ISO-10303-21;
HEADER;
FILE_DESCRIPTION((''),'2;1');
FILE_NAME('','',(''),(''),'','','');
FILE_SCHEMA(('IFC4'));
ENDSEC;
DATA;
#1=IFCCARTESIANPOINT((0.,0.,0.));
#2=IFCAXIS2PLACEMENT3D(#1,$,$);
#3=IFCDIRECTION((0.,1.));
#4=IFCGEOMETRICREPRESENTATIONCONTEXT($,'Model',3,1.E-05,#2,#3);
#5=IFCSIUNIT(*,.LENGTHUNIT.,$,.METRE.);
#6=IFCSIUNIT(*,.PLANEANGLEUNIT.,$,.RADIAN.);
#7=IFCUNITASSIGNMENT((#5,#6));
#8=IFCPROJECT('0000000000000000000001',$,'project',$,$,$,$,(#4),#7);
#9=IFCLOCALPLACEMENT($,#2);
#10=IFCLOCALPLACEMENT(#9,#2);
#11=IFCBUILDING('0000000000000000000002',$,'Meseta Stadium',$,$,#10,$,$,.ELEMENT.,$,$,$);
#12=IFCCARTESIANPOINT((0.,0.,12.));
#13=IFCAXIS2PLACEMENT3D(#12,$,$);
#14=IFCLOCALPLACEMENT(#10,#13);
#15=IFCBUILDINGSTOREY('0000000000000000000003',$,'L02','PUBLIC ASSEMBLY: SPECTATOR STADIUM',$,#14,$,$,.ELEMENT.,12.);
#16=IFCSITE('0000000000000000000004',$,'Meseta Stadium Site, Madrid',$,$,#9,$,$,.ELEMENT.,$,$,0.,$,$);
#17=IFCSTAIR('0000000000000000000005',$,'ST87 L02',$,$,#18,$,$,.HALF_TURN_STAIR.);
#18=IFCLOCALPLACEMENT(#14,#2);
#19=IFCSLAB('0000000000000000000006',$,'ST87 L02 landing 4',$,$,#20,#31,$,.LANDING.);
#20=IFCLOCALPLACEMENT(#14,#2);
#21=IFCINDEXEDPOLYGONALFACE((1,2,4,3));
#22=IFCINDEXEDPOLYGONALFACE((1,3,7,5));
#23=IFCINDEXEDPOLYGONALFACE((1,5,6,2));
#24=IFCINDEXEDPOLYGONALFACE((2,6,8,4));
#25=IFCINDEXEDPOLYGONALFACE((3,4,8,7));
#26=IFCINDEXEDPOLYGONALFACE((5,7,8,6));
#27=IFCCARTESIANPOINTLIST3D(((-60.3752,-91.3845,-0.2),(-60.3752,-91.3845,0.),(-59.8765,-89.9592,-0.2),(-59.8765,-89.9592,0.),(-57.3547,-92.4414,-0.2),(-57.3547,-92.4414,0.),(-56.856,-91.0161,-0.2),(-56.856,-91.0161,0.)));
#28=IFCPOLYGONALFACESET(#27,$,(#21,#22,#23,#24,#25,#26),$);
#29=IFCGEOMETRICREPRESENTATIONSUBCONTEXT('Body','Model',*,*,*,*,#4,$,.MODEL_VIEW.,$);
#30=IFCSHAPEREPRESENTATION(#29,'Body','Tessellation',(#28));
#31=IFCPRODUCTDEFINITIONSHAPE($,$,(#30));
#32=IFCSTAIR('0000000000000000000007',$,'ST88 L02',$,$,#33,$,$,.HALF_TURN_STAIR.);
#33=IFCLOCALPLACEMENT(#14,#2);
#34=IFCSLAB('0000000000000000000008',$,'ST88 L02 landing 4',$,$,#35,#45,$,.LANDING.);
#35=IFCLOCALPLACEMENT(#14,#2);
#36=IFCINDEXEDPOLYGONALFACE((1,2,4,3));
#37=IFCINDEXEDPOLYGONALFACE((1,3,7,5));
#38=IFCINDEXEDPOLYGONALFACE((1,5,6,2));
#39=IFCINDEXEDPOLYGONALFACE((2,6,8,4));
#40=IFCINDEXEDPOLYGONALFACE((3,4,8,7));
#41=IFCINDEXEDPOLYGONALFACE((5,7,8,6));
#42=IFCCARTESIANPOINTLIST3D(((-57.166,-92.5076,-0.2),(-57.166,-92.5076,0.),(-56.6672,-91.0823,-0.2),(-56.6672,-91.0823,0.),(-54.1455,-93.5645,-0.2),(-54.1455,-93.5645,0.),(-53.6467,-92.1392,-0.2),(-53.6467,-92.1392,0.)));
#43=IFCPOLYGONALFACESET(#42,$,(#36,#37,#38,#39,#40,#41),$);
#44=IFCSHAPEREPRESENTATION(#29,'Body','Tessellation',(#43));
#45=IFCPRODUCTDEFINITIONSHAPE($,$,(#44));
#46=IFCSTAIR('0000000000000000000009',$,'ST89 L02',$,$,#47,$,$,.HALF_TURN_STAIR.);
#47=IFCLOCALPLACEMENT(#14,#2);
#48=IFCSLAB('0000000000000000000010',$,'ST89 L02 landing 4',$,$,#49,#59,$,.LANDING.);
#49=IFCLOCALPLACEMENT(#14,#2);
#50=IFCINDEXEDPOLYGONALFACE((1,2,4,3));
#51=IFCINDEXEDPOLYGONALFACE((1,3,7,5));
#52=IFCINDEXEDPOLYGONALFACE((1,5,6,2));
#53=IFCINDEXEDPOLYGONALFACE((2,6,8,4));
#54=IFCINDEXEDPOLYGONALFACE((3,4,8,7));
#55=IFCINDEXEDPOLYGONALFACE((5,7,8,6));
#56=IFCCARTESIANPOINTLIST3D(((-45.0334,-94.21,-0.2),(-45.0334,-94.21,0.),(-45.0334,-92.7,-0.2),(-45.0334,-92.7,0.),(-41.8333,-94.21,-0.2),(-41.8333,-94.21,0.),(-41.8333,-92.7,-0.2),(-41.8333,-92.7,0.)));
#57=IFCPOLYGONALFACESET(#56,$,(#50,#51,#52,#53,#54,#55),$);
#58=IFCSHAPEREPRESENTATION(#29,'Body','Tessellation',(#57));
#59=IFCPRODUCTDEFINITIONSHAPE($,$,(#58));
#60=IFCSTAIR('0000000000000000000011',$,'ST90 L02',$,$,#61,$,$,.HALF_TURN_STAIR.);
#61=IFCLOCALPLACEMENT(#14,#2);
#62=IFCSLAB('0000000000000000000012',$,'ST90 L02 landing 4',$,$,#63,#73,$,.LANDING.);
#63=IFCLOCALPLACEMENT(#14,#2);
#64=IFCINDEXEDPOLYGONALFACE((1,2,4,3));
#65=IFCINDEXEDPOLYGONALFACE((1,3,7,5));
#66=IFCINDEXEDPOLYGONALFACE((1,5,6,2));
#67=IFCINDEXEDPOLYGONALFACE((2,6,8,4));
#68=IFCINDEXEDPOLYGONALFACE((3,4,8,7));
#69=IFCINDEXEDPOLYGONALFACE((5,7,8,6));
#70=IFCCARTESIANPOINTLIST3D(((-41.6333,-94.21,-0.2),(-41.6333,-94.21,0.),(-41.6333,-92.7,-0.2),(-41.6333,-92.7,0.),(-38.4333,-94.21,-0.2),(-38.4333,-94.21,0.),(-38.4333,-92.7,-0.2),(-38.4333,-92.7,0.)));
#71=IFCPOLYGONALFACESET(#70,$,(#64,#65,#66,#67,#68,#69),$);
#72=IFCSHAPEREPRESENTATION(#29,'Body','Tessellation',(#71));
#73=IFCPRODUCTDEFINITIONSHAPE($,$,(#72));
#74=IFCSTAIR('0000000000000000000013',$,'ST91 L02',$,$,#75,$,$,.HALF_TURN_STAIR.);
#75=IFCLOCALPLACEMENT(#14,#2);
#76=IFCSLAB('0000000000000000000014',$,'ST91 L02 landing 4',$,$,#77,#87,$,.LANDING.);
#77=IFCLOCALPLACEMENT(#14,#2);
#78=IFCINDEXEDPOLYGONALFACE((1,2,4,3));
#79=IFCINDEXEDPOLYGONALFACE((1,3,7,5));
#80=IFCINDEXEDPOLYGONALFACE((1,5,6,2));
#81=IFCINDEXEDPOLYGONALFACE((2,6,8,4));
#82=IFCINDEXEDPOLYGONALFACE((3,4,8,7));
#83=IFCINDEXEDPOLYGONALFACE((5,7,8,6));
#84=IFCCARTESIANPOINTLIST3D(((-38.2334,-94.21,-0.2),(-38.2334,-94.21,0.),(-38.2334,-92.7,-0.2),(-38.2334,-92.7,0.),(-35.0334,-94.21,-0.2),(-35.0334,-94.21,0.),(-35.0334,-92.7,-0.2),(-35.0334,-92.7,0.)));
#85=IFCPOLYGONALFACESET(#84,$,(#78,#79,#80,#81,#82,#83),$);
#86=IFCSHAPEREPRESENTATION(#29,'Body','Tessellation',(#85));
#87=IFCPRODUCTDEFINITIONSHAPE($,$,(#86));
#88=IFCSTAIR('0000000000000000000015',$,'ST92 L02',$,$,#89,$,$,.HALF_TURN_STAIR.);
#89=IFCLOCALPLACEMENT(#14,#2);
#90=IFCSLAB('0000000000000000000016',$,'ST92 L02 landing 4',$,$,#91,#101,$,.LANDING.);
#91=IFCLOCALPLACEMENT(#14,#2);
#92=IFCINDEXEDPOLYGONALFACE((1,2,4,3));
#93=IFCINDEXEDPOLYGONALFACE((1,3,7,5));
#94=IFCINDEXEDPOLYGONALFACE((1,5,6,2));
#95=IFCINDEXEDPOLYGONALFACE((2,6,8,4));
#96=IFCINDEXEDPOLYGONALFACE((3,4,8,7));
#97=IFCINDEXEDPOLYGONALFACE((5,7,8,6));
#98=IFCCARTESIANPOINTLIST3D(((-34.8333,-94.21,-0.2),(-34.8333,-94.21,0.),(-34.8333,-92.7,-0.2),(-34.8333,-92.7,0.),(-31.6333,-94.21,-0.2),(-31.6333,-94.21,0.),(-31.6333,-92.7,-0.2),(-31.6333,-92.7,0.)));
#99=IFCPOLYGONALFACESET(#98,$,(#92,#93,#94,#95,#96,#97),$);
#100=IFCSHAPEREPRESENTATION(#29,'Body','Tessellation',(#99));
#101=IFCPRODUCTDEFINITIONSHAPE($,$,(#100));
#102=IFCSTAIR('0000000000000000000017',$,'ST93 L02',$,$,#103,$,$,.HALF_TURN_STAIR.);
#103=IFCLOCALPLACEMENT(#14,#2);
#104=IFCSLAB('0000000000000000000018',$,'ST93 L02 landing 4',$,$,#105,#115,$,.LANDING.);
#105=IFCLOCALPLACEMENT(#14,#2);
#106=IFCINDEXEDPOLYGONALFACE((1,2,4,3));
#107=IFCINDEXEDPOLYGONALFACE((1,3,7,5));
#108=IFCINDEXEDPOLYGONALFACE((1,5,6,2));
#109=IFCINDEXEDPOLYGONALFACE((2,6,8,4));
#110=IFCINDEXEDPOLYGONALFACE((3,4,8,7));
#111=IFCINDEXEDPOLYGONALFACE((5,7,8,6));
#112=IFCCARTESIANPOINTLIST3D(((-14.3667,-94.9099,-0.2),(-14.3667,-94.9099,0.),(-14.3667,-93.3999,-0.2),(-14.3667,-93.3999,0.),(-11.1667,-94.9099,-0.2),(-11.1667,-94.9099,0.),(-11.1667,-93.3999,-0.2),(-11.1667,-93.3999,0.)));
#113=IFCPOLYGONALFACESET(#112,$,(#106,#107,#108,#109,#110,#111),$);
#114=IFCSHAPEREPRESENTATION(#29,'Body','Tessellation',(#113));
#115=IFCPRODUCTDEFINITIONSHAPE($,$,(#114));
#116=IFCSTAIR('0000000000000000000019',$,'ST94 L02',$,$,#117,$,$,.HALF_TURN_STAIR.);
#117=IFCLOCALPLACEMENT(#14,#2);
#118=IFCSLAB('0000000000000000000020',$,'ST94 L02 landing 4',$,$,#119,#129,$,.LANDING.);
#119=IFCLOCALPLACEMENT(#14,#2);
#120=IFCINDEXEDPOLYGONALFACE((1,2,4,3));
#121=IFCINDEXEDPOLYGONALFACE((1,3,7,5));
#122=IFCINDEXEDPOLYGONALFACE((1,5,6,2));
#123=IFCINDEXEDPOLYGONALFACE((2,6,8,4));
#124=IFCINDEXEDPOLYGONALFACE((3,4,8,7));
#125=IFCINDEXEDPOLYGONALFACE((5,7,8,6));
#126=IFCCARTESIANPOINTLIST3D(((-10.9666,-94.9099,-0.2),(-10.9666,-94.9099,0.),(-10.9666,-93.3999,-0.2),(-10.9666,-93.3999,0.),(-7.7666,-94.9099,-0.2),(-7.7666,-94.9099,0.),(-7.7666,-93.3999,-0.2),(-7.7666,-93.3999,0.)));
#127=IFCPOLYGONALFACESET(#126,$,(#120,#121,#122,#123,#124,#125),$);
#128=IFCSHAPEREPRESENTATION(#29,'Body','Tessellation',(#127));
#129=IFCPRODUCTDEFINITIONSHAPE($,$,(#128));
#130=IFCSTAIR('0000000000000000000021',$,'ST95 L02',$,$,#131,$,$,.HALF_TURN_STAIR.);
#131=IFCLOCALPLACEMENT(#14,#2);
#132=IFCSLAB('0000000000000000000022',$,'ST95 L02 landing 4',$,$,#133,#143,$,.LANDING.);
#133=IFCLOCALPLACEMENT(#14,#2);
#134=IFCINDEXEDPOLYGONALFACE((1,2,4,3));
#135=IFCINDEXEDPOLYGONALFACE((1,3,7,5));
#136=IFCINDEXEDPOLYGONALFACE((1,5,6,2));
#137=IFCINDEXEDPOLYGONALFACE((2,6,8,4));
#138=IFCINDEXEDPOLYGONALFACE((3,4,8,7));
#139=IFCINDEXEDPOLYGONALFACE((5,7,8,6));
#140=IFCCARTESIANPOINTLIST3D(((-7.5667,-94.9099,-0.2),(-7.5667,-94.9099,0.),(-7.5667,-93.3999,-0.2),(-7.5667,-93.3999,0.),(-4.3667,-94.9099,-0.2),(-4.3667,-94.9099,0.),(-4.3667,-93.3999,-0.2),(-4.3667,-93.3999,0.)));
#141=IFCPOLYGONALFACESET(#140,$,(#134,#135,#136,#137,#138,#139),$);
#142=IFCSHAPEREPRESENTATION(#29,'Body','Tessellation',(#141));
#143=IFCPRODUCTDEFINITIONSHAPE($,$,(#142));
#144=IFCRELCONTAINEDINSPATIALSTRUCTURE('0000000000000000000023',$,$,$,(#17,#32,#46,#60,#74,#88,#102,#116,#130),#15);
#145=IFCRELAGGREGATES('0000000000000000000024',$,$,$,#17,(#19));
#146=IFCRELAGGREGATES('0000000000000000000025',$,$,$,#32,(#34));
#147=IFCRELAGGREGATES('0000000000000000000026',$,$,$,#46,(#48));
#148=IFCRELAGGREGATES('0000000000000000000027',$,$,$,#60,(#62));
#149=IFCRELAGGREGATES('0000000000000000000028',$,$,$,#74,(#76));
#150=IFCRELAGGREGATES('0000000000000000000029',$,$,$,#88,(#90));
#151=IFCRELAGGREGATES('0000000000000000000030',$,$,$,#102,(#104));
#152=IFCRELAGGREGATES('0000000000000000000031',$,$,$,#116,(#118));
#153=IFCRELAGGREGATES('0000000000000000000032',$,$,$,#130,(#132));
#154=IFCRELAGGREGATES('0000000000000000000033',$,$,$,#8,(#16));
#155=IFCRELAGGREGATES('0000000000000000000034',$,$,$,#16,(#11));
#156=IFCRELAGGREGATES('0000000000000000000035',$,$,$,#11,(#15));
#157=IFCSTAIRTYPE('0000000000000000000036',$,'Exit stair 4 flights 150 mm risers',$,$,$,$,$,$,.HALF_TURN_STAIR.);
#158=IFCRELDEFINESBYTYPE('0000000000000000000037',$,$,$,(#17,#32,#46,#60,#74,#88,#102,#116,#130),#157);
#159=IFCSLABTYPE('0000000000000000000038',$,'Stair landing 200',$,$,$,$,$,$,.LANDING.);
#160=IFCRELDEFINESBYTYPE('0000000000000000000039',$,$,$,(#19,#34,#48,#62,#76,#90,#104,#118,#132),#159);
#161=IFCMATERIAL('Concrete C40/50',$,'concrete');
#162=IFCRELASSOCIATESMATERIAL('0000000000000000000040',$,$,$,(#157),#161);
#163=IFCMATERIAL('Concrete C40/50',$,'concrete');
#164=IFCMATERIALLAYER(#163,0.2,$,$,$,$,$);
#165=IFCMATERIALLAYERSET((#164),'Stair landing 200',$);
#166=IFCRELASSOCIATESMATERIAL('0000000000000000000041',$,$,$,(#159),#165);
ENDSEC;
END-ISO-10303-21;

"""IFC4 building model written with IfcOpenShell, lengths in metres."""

from ifc_helpers import new_model, si_unit, direction, frame, origin, place, context, subcontext, project, spatial, polyline, outline, extrude, material, layer, layer_set, type_object, element, aggregate, save


model = new_model("IFC4")

# Units and contexts
model_context = context("Model", 3, precision=1e-05, world=origin(), true_north=direction((0.0, 1.0)))
body_context = subcontext(model_context, "Body", "Model", "MODEL_VIEW")
ifc_project = project(units=[si_unit("LENGTHUNIT", "METRE"), si_unit("PLANEANGLEUNIT", "RADIAN")], contexts=[model_context])

# Site, building, storey
site_placement = place(None, origin())
site = spatial("IfcSite", under=ifc_project, at=site_placement, Name="Meseta Stadium Site, Madrid", CompositionType="ELEMENT", RefElevation=0.0)
building_placement = place(site_placement, origin())
building = spatial("IfcBuilding", under=site, at=building_placement, Name="Meseta Stadium", CompositionType="ELEMENT")
storey_placement = place(building_placement, frame((0.0, 0.0, 12.0)))
storey = spatial("IfcBuildingStorey", under=building, at=storey_placement, Name="L02", Description="PUBLIC ASSEMBLY: SPECTATOR STADIUM", CompositionType="ELEMENT", Elevation=12.0)

# Stairs, slabs
ifc_material_1 = material(Name="Concrete C40/50", Category="concrete")
stair_type = type_object("IfcStairType", Name="Exit stair 4 flights 150 mm risers", PredefinedType="HALF_TURN_STAIR", material=ifc_material_1)
ifc_material_2 = material(Name="Concrete C40/50", Category="concrete")
ifc_layer_1 = layer(ifc_material_2, 0.2)
ifc_layer_set_1 = layer_set([ifc_layer_1], Name="Stair landing 200")
slab_type_1 = type_object("IfcSlabType", Name="Stair landing 200", PredefinedType="LANDING", material=ifc_layer_set_1)
stair_1_placement = place(storey_placement, origin())
stair_1 = element("IfcStair", 1, at=stair_1_placement, inside=storey, type_object=stair_type, Name="ST87 L02", PredefinedType="HALF_TURN_STAIR")
slab_1_placement = place(storey_placement, frame((0.0, 0.0, -0.2)))
slab_1 = element("IfcSlab", 2, at=slab_1_placement, type_object=slab_type_1, Name="ST87 L02 landing 4", PredefinedType="LANDING", context=body_context, shape_type="SweptSolid", body=[
    extrude(outline(polyline([(-59.8765, -89.9592), (-60.3752, -91.3845), (-57.3547, -92.4414), (-56.856, -91.0161), (-59.8765, -89.9592)])), origin(), (0.0, 0.0, 1.0), 0.2),
])
aggregate(stair_1, [slab_1])
stair_2_placement = place(storey_placement, origin())
stair_2 = element("IfcStair", 3, at=stair_2_placement, inside=storey, type_object=stair_type, Name="ST88 L02", PredefinedType="HALF_TURN_STAIR")
slab_2_placement = place(storey_placement, frame((0.0, 0.0, -0.2)))
slab_2 = element("IfcSlab", 4, at=slab_2_placement, type_object=slab_type_1, Name="ST88 L02 landing 4", PredefinedType="LANDING", context=body_context, shape_type="SweptSolid", body=[
    extrude(outline(polyline([(-56.6672, -91.0823), (-57.166, -92.5076), (-54.1455, -93.5645), (-53.6467, -92.1392), (-56.6672, -91.0823)])), origin(), (0.0, 0.0, 1.0), 0.2),
])
aggregate(stair_2, [slab_2])
stair_3_placement = place(storey_placement, origin())
stair_3 = element("IfcStair", 5, at=stair_3_placement, inside=storey, type_object=stair_type, Name="ST89 L02", PredefinedType="HALF_TURN_STAIR")
slab_3_placement = place(storey_placement, frame((0.0, 0.0, -0.2)))
slab_3 = element("IfcSlab", 6, at=slab_3_placement, type_object=slab_type_1, Name="ST89 L02 landing 4", PredefinedType="LANDING", context=body_context, shape_type="SweptSolid", body=[
    extrude(outline(polyline([(-45.0334, -92.7), (-45.0334, -94.21), (-41.8333, -94.21), (-41.8333, -92.7), (-45.0334, -92.7)])), origin(), (0.0, 0.0, 1.0), 0.2),
])
aggregate(stair_3, [slab_3])
stair_4_placement = place(storey_placement, origin())
stair_4 = element("IfcStair", 7, at=stair_4_placement, inside=storey, type_object=stair_type, Name="ST90 L02", PredefinedType="HALF_TURN_STAIR")
slab_4_placement = place(storey_placement, frame((0.0, 0.0, -0.2)))
slab_4 = element("IfcSlab", 8, at=slab_4_placement, type_object=slab_type_1, Name="ST90 L02 landing 4", PredefinedType="LANDING", context=body_context, shape_type="SweptSolid", body=[
    extrude(outline(polyline([(-41.6333, -92.7), (-41.6333, -94.21), (-38.4333, -94.21), (-38.4333, -92.7), (-41.6333, -92.7)])), origin(), (0.0, 0.0, 1.0), 0.2),
])
aggregate(stair_4, [slab_4])
stair_5_placement = place(storey_placement, origin())
stair_5 = element("IfcStair", 9, at=stair_5_placement, inside=storey, type_object=stair_type, Name="ST91 L02", PredefinedType="HALF_TURN_STAIR")
slab_5_placement = place(storey_placement, frame((0.0, 0.0, -0.2)))
slab_5 = element("IfcSlab", 10, at=slab_5_placement, type_object=slab_type_1, Name="ST91 L02 landing 4", PredefinedType="LANDING", context=body_context, shape_type="SweptSolid", body=[
    extrude(outline(polyline([(-38.2334, -92.7), (-38.2334, -94.21), (-35.0334, -94.21), (-35.0334, -92.7), (-38.2334, -92.7)])), origin(), (0.0, 0.0, 1.0), 0.2),
])
aggregate(stair_5, [slab_5])
stair_6_placement = place(storey_placement, origin())
stair_6 = element("IfcStair", 11, at=stair_6_placement, inside=storey, type_object=stair_type, Name="ST92 L02", PredefinedType="HALF_TURN_STAIR")
slab_6_placement = place(storey_placement, frame((0.0, 0.0, -0.2)))
slab_6 = element("IfcSlab", 12, at=slab_6_placement, type_object=slab_type_1, Name="ST92 L02 landing 4", PredefinedType="LANDING", context=body_context, shape_type="SweptSolid", body=[
    extrude(outline(polyline([(-34.8333, -92.7), (-34.8333, -94.21), (-31.6333, -94.21), (-31.6333, -92.7), (-34.8333, -92.7)])), origin(), (0.0, 0.0, 1.0), 0.2),
])
aggregate(stair_6, [slab_6])
stair_7_placement = place(storey_placement, origin())
stair_7 = element("IfcStair", 13, at=stair_7_placement, inside=storey, type_object=stair_type, Name="ST93 L02", PredefinedType="HALF_TURN_STAIR")
slab_7_placement = place(storey_placement, frame((0.0, 0.0, -0.2)))
slab_7 = element("IfcSlab", 14, at=slab_7_placement, type_object=slab_type_1, Name="ST93 L02 landing 4", PredefinedType="LANDING", context=body_context, shape_type="SweptSolid", body=[
    extrude(outline(polyline([(-14.3667, -93.3999), (-14.3667, -94.9099), (-11.1667, -94.9099), (-11.1667, -93.3999), (-14.3667, -93.3999)])), origin(), (0.0, 0.0, 1.0), 0.2),
])
aggregate(stair_7, [slab_7])
stair_8_placement = place(storey_placement, origin())
stair_8 = element("IfcStair", 15, at=stair_8_placement, inside=storey, type_object=stair_type, Name="ST94 L02", PredefinedType="HALF_TURN_STAIR")
slab_8_placement = place(storey_placement, frame((0.0, 0.0, -0.2)))
slab_8 = element("IfcSlab", 16, at=slab_8_placement, type_object=slab_type_1, Name="ST94 L02 landing 4", PredefinedType="LANDING", context=body_context, shape_type="SweptSolid", body=[
    extrude(outline(polyline([(-10.9666, -93.3999), (-10.9666, -94.9099), (-7.7666, -94.9099), (-7.7666, -93.3999), (-10.9666, -93.3999)])), origin(), (0.0, 0.0, 1.0), 0.2),
])
aggregate(stair_8, [slab_8])
stair_9_placement = place(storey_placement, origin())
stair_9 = element("IfcStair", 17, at=stair_9_placement, inside=storey, type_object=stair_type, Name="ST95 L02", PredefinedType="HALF_TURN_STAIR")
slab_9_placement = place(storey_placement, frame((0.0, 0.0, -0.2)))
slab_9 = element("IfcSlab", 18, at=slab_9_placement, type_object=slab_type_1, Name="ST95 L02 landing 4", PredefinedType="LANDING", context=body_context, shape_type="SweptSolid", body=[
    extrude(outline(polyline([(-7.5667, -93.3999), (-7.5667, -94.9099), (-4.3667, -94.9099), (-4.3667, -93.3999), (-7.5667, -93.3999)])), origin(), (0.0, 0.0, 1.0), 0.2),
])
aggregate(stair_9, [slab_9])

save(model, "model.ifc")
